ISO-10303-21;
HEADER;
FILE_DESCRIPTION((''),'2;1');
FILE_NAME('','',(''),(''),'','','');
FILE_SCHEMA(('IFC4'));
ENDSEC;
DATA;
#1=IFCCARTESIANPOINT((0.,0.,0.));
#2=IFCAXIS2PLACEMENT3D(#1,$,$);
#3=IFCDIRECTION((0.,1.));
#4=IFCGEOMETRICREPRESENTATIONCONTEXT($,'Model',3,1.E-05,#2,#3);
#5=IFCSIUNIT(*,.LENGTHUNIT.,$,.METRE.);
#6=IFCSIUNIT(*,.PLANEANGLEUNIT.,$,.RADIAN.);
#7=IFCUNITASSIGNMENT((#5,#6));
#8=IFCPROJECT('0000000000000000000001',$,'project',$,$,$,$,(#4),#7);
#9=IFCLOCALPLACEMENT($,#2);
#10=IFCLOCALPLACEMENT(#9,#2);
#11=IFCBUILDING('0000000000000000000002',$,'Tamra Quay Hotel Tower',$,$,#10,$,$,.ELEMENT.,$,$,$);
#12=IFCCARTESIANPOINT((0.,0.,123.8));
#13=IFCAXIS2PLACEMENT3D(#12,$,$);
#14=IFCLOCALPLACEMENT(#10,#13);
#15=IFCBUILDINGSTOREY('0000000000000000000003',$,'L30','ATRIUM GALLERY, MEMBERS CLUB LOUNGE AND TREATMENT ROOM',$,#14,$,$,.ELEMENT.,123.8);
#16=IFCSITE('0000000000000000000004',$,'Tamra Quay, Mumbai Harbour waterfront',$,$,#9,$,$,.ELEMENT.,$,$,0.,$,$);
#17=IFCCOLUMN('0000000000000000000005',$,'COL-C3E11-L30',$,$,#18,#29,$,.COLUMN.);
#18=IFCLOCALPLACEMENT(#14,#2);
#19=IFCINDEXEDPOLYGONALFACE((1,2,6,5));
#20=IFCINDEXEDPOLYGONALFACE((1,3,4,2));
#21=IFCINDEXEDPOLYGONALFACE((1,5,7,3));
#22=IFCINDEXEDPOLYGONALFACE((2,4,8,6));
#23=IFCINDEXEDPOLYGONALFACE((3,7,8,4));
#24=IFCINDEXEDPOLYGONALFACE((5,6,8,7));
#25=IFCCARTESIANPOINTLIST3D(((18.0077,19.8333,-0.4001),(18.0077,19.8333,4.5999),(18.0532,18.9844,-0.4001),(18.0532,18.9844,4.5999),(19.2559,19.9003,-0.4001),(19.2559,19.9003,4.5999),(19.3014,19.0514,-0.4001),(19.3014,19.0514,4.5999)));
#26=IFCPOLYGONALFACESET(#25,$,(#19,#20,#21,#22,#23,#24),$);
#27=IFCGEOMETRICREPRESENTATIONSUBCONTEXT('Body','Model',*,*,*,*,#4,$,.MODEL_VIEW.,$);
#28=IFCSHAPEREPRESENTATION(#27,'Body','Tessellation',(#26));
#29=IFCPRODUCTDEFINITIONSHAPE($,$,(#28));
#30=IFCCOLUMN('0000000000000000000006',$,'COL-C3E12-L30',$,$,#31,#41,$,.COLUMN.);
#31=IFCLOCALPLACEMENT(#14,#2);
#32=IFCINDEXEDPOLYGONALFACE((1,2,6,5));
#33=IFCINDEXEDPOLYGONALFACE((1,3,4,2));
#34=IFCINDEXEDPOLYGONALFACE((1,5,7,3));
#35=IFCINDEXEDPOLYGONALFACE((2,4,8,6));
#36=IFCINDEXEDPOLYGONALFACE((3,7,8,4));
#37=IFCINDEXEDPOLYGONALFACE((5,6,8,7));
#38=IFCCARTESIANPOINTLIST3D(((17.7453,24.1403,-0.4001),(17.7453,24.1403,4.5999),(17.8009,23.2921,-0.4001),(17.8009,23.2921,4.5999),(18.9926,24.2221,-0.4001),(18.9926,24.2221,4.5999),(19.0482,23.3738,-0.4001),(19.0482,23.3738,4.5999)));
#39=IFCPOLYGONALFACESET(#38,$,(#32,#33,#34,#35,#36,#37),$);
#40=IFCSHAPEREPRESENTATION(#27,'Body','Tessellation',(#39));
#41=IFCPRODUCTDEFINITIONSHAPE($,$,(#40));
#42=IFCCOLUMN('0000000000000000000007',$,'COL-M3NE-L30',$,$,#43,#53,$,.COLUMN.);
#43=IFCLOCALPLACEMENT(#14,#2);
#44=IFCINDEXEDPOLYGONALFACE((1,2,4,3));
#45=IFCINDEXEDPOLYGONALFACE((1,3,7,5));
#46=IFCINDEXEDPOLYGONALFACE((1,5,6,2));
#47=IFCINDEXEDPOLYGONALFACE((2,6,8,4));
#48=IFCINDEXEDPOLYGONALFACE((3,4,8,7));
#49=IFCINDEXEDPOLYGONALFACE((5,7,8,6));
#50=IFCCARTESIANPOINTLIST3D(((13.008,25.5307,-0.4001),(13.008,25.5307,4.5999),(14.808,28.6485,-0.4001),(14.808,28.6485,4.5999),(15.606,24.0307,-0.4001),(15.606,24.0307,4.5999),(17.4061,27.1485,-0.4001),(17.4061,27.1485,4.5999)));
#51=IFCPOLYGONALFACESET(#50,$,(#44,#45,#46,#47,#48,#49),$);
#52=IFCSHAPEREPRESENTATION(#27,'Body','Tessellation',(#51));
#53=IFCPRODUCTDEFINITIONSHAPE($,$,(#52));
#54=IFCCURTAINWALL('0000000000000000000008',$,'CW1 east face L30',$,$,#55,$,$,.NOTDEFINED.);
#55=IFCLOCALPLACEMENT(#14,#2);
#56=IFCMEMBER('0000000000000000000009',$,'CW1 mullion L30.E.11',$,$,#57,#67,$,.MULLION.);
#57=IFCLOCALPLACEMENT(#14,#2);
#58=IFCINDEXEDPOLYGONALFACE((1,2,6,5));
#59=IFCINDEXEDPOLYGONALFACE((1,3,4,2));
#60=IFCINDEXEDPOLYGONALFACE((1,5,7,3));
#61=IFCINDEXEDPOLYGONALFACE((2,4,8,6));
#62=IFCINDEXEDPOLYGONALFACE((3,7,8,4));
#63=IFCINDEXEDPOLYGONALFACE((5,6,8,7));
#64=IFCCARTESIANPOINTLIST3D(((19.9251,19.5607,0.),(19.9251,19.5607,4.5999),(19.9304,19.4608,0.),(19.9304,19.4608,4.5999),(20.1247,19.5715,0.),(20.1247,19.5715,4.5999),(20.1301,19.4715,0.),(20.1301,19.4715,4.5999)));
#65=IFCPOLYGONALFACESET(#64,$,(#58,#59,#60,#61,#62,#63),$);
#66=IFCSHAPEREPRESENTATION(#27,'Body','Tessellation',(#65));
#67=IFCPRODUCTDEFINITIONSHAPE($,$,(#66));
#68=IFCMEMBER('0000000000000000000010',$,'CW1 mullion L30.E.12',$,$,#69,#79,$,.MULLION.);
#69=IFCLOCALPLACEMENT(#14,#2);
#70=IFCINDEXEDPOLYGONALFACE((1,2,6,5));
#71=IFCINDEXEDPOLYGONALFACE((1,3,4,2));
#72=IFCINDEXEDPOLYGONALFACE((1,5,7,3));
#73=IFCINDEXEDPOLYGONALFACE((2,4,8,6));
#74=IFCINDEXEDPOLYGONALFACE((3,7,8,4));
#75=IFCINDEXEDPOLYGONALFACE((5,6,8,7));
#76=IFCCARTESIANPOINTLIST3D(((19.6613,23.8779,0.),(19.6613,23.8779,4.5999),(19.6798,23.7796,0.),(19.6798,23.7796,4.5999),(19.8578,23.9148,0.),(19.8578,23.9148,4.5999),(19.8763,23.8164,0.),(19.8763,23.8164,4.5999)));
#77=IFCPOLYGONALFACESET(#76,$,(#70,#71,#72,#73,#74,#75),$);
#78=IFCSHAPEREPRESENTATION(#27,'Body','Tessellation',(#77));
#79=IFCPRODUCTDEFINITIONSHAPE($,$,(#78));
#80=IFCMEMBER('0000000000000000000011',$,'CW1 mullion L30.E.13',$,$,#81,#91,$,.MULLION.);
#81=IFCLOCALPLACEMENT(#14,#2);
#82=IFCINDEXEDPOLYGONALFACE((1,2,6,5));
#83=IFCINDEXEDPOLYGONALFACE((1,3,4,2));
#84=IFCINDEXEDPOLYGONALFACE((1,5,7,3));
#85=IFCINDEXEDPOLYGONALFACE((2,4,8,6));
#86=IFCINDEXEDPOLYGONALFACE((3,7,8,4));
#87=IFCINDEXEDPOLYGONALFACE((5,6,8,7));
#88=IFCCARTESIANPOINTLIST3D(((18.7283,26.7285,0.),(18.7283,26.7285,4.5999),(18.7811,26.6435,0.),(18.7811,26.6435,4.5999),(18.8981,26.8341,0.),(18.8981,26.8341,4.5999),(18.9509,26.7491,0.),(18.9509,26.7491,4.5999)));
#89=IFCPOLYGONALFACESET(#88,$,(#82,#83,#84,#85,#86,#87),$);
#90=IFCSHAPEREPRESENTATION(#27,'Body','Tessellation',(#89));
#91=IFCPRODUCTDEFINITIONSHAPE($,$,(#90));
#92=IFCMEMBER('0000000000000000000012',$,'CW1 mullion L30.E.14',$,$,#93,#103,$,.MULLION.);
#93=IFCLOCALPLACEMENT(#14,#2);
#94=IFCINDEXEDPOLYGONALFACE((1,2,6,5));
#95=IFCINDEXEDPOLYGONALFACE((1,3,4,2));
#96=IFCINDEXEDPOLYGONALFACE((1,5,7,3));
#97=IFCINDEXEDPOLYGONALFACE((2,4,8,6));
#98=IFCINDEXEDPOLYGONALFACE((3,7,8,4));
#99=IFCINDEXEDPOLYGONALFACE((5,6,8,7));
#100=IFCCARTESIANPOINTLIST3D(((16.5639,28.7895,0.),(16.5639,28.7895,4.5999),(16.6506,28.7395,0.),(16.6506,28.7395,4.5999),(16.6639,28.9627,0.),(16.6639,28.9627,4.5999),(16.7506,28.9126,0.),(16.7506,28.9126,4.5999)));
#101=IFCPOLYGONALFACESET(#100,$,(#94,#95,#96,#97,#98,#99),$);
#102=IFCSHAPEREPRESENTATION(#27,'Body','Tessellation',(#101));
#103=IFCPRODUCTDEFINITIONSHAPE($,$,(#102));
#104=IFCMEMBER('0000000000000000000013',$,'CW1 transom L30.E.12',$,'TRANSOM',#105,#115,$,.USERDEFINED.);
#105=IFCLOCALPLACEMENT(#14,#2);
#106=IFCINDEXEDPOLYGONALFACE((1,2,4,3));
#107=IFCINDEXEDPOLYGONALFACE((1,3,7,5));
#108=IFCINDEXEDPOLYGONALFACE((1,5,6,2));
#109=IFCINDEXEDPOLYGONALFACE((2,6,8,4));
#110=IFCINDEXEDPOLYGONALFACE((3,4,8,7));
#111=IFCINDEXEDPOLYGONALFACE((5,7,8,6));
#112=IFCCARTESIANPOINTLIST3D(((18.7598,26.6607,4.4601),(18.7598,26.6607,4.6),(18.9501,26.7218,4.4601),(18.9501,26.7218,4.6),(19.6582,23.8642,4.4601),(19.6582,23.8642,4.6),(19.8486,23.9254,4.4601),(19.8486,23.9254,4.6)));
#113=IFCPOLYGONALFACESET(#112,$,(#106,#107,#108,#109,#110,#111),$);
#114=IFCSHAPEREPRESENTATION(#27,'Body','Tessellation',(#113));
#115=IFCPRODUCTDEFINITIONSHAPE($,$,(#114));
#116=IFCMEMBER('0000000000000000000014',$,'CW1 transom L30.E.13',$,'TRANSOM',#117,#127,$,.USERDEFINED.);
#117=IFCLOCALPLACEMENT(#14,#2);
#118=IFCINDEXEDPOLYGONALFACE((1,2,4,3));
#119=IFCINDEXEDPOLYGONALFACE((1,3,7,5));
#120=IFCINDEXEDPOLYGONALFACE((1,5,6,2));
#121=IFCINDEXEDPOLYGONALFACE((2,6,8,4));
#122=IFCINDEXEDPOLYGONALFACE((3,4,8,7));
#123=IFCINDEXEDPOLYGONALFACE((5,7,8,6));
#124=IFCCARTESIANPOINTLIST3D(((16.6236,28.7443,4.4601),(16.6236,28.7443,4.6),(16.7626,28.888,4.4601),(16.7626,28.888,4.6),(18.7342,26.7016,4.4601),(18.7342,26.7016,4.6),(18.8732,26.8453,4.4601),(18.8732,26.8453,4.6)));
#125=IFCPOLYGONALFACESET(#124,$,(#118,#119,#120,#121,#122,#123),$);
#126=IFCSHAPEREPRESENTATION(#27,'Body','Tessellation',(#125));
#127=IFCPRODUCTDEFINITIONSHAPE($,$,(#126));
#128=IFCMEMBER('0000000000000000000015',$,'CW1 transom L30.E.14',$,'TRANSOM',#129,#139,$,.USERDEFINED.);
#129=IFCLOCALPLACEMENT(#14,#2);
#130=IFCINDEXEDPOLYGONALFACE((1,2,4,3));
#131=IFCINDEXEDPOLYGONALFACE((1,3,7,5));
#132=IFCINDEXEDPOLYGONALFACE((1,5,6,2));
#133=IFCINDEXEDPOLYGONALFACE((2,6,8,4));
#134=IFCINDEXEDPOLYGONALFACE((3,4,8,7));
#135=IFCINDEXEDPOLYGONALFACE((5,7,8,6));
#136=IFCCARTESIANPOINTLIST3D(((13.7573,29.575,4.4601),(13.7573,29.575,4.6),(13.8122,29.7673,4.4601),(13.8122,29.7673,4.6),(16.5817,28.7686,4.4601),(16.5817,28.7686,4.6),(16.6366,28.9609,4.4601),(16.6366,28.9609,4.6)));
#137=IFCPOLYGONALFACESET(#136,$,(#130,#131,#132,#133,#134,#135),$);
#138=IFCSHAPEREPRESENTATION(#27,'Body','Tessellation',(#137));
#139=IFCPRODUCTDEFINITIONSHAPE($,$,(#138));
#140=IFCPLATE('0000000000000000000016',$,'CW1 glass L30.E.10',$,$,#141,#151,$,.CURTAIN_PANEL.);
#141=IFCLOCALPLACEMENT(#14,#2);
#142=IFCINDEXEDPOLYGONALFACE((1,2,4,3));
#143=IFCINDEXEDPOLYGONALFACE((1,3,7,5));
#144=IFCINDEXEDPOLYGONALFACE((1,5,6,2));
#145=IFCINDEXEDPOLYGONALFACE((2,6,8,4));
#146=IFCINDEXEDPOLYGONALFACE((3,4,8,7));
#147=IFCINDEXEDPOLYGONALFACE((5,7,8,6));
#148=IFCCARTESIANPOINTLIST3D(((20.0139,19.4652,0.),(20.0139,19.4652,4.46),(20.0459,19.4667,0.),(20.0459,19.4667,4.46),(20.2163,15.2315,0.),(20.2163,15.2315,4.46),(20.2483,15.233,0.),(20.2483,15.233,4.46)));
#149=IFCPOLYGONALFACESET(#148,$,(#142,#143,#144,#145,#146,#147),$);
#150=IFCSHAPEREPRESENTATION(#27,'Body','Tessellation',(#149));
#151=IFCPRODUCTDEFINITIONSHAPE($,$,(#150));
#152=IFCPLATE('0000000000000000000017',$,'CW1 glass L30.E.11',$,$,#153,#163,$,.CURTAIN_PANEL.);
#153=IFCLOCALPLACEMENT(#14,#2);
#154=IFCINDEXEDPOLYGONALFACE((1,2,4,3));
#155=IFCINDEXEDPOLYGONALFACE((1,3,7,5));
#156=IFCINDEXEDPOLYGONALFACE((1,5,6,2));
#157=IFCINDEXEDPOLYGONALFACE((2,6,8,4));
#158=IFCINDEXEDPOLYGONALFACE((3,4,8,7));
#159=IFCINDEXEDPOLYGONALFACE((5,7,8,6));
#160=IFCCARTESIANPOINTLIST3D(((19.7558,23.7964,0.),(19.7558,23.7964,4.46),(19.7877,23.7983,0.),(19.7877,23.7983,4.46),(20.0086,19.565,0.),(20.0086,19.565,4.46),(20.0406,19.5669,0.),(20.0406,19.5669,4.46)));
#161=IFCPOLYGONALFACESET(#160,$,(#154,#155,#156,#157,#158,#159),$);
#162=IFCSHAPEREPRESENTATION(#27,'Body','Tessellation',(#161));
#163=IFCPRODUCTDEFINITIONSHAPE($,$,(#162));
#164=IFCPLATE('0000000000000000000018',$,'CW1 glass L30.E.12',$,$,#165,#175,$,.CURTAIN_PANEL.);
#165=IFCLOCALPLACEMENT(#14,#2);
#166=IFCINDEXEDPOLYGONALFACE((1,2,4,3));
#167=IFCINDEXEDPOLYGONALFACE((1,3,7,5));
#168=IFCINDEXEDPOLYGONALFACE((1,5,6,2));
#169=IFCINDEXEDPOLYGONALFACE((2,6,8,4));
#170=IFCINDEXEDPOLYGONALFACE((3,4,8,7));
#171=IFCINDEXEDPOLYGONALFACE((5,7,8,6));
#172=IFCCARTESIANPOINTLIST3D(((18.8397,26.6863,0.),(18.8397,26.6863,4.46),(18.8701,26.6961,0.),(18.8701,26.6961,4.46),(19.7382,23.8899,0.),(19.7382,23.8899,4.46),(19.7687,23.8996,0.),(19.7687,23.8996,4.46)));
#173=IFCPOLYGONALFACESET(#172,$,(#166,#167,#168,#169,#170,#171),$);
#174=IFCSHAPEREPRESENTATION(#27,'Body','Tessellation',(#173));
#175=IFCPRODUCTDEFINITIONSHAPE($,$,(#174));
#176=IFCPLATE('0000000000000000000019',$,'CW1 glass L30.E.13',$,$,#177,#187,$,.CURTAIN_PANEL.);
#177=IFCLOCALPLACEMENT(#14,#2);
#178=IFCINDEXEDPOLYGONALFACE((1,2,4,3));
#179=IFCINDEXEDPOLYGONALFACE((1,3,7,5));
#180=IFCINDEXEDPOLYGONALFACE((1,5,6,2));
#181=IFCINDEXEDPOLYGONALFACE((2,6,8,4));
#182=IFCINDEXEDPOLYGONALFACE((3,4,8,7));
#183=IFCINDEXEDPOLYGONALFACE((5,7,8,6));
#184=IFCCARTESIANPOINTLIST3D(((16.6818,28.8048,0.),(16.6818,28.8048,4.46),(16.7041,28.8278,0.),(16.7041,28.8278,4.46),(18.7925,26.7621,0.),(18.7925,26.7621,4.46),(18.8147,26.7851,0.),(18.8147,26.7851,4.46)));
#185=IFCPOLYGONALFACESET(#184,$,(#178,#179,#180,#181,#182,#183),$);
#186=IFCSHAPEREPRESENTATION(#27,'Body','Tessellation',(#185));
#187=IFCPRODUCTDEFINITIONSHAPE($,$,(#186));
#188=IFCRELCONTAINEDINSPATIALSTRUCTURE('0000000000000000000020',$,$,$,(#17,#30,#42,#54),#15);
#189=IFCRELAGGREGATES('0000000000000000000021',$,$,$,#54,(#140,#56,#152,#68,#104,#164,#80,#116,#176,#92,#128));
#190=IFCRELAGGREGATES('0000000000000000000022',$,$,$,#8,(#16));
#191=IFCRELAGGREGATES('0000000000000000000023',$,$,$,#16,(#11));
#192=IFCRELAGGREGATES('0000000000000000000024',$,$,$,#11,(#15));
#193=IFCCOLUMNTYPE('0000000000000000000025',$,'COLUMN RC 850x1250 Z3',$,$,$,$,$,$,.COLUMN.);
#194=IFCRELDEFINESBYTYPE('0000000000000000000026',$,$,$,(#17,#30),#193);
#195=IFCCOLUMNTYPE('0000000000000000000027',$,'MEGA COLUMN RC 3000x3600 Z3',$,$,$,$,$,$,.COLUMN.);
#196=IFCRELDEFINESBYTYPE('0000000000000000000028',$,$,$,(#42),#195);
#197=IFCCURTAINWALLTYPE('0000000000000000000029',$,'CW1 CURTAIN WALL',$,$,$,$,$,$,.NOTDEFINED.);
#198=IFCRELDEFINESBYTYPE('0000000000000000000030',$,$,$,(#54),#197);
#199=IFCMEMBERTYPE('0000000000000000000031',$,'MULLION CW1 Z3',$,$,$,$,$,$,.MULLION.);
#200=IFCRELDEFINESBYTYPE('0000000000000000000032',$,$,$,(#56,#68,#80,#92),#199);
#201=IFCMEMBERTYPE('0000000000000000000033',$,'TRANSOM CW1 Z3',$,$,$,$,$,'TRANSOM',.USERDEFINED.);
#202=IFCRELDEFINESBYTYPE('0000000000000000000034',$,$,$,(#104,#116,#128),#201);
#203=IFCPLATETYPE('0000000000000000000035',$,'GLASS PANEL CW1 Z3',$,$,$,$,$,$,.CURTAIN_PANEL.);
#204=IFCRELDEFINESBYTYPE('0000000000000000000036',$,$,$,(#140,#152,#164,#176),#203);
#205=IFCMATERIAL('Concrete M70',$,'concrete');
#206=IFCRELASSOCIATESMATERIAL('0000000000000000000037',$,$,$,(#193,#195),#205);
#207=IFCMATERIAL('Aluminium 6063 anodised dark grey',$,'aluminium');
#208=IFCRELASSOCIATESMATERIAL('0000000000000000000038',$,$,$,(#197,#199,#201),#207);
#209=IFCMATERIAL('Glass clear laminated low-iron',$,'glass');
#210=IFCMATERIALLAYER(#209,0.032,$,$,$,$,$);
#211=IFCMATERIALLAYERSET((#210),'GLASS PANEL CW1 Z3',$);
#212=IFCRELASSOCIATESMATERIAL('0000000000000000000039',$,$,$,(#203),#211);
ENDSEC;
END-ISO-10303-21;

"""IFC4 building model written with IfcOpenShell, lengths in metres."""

from ifc_helpers import new_model, si_unit, direction, frame, origin, origin_2d, place, context, subcontext, project, spatial, rectangle, extrude, material, layer, layer_set, material_profile, profile_set, type_object, element, aggregate, save


model = new_model("IFC4")

# Units and contexts
model_context = context("Model", 3, precision=1e-05, world=origin(), true_north=direction((0.0, 1.0)))
body_context = subcontext(model_context, "Body", "Model", "MODEL_VIEW")
ifc_project = project(units=[si_unit("LENGTHUNIT", "METRE"), si_unit("PLANEANGLEUNIT", "RADIAN")], contexts=[model_context])

# Site, building, storey
site_placement = place(None, origin())
site = spatial("IfcSite", under=ifc_project, at=site_placement, Name="Tamra Quay, Mumbai Harbour waterfront", CompositionType="ELEMENT", RefElevation=0.0)
building_placement = place(site_placement, origin())
building = spatial("IfcBuilding", under=site, at=building_placement, Name="Tamra Quay Hotel Tower", CompositionType="ELEMENT")
storey_placement = place(building_placement, frame((0.0, 0.0, 123.8)))
storey = spatial("IfcBuildingStorey", under=building, at=storey_placement, Name="L30", Description="ATRIUM GALLERY, MEMBERS CLUB LOUNGE AND TREATMENT ROOM", CompositionType="ELEMENT", Elevation=123.8)

# Columns
ifc_material_1 = material(Name="Concrete M70", Category="concrete")
ifc_material_profile_1 = material_profile(ifc_material_1, rectangle(XDim=1.25, YDim=0.8501, at=origin_2d()), Name="COLUMN RC 850x1250 Z3")
ifc_profile_set_1 = profile_set([ifc_material_profile_1], Name="Concrete M70")
column_type_1 = type_object("IfcColumnType", Name="COLUMN RC 850x1250 Z3", PredefinedType="COLUMN", material=ifc_profile_set_1)
for number, where, z_axis, x_axis, name in (
    (1, (18.6545, 19.4424, -0.4001), (0.0, 0.0, 1.0), (0.998562, 0.053603, 0.0), "COL-C3E11-L30"),
    (2, (18.3967, 23.7571, -0.4001), (0.0, 0.0, 1.0), (0.997858, 0.065419, 0.0), "COL-C3E12-L30"),
):
    element("IfcColumn", number, at=place(storey_placement, frame(where, z_axis=z_axis, x_axis=x_axis)), inside=storey, type_object=column_type_1, Name=name, PredefinedType="COLUMN", context=body_context, shape_type="SweptSolid", body=[
        extrude(rectangle(XDim=1.25, YDim=0.8501, at=origin_2d()), origin(), (0.0, 0.0, 1.0), 5.0),
    ])
ifc_material_profile_2 = material_profile(ifc_material_1, rectangle(XDim=3.6001, YDim=3.0, at=origin_2d()), Name="MEGA COLUMN RC 3000x3600 Z3")
ifc_profile_set_2 = profile_set([ifc_material_profile_2], Name="Concrete M70")
column_type_2 = type_object("IfcColumnType", Name="MEGA COLUMN RC 3000x3600 Z3", PredefinedType="COLUMN", material=ifc_profile_set_2)
column_placement = place(storey_placement, frame((15.207, 26.3396, -0.4001), z_axis=(0.0, 0.0, 1.0), x_axis=(0.5, 0.866025, 0.0)))
element("IfcColumn", 3, at=column_placement, inside=storey, type_object=column_type_2, Name="COL-M3NE-L30", PredefinedType="COLUMN", context=body_context, shape_type="SweptSolid", body=[
    extrude(rectangle(XDim=3.6001, YDim=3.0, at=origin_2d()), origin(), (0.0, 0.0, 1.0), 5.0),
])

# Curtain wall, members, plates
ifc_material_2 = material(Name="Aluminium 6063 anodised dark grey", Category="aluminium")
curtain_wall_type = type_object("IfcCurtainWallType", Name="CW1 CURTAIN WALL", PredefinedType="NOTDEFINED", material=ifc_material_2)
curtain_wall_placement = place(storey_placement, origin())
curtain_wall = element("IfcCurtainWall", 4, at=curtain_wall_placement, inside=storey, type_object=curtain_wall_type, Name="CW1 east face L30", PredefinedType="NOTDEFINED")
ifc_material_profile_3 = material_profile(ifc_material_2, rectangle(XDim=0.2, YDim=0.1001, at=origin_2d()), Name="MULLION 100X200")
ifc_profile_set_3 = profile_set([ifc_material_profile_3], Name="Aluminium 6063 anodised dark grey")
member_type_1 = type_object("IfcMemberType", Name="MULLION CW1 Z3", PredefinedType="MULLION", material=ifc_profile_set_3)
member_1_placement = place(storey_placement, frame((20.0276, 19.5161, 0.0), z_axis=(0.0, 0.0, 1.0), x_axis=(0.998557, 0.053695, 0.0)))
member_1 = element("IfcMember", 5, at=member_1_placement, type_object=member_type_1, Name="CW1 mullion L30.E.11", PredefinedType="MULLION", context=body_context, shape_type="SweptSolid", body=[
    extrude(rectangle(XDim=0.2, YDim=0.1001, at=origin_2d()), origin(), (0.0, 0.0, 1.0), 4.5999),
])
member_2_placement = place(storey_placement, frame((19.7688, 23.8472, 0.0), z_axis=(0.0, 0.0, 1.0), x_axis=(0.982883, 0.18423, 0.0)))
member_2 = element("IfcMember", 6, at=member_2_placement, type_object=member_type_1, Name="CW1 mullion L30.E.12", PredefinedType="MULLION", context=body_context, shape_type="SweptSolid", body=[
    extrude(rectangle(XDim=0.2, YDim=0.1001, at=origin_2d()), origin(), (0.0, 0.0, 1.0), 4.5999),
])
member_3_placement = place(storey_placement, frame((18.8396, 26.7388, 0.0), z_axis=(0.0, 0.0, 1.0), x_axis=(0.849198, 0.528075, 0.0)))
member_3 = element("IfcMember", 7, at=member_3_placement, type_object=member_type_1, Name="CW1 mullion L30.E.13", PredefinedType="MULLION", context=body_context, shape_type="SweptSolid", body=[
    extrude(rectangle(XDim=0.2, YDim=0.1001, at=origin_2d()), origin(), (0.0, 0.0, 1.0), 4.5999),
])
member_4_placement = place(storey_placement, frame((16.6572, 28.8511, 0.0), z_axis=(0.0, 0.0, 1.0), x_axis=(0.5, 0.866025, 0.0)))
member_4 = element("IfcMember", 8, at=member_4_placement, type_object=member_type_1, Name="CW1 mullion L30.E.14", PredefinedType="MULLION", context=body_context, shape_type="SweptSolid", body=[
    extrude(rectangle(XDim=0.2, YDim=0.1001, at=origin_2d()), origin(), (0.0, 0.0, 1.0), 4.5999),
])
ifc_material_profile_4 = material_profile(ifc_material_2, rectangle(XDim=0.2, YDim=0.1399, at=origin_2d()), Name="TRANSOM 200X140")
ifc_profile_set_4 = profile_set([ifc_material_profile_4], Name="Aluminium 6063 anodised dark grey")
member_type_2 = type_object("IfcMemberType", Name="TRANSOM CW1 Z3", ElementType="TRANSOM", PredefinedType="USERDEFINED", material=ifc_profile_set_4)
member_5_placement = place(storey_placement, frame((19.7534, 23.8948, 4.53), z_axis=(-0.305885, 0.952068, 0.0), x_axis=(-0.952068, -0.305885, 0.0)))
member_5 = element("IfcMember", 9, at=member_5_placement, type_object=member_type_2, Name="CW1 transom L30.E.12", ObjectType="TRANSOM", PredefinedType="USERDEFINED", context=body_context, shape_type="SweptSolid", body=[
    extrude(rectangle(XDim=0.2, YDim=0.1399, at=origin_2d()), origin(), (0.0, 0.0, 1.0), 2.9373),
])
member_6_placement = place(storey_placement, frame((18.8037, 26.7734, 4.53), z_axis=(-0.718566, 0.695459, 0.0), x_axis=(-0.695459, -0.718566, 0.0)))
member_6 = element("IfcMember", 10, at=member_6_placement, type_object=member_type_2, Name="CW1 transom L30.E.13", ObjectType="TRANSOM", PredefinedType="USERDEFINED", context=body_context, shape_type="SweptSolid", body=[
    extrude(rectangle(XDim=0.2, YDim=0.1399, at=origin_2d()), origin(), (0.0, 0.0, 1.0), 2.9373),
])
member_7_placement = place(storey_placement, frame((16.6091, 28.8647, 4.53), z_axis=(-0.961577, 0.274535, 0.0), x_axis=(-0.274535, -0.961577, 0.0)))
member_7 = element("IfcMember", 11, at=member_7_placement, type_object=member_type_2, Name="CW1 transom L30.E.14", ObjectType="TRANSOM", PredefinedType="USERDEFINED", context=body_context, shape_type="SweptSolid", body=[
    extrude(rectangle(XDim=0.2, YDim=0.1399, at=origin_2d()), origin(), (0.0, 0.0, 1.0), 2.9373),
])
ifc_material_3 = material(Name="Glass clear laminated low-iron", Category="glass")
ifc_layer_1 = layer(ifc_material_3, 0.032)
ifc_layer_set_1 = layer_set([ifc_layer_1], Name="GLASS PANEL CW1 Z3")
plate_type = type_object("IfcPlateType", Name="GLASS PANEL CW1 Z3", PredefinedType="CURTAIN_PANEL", material=ifc_layer_set_1)
plate_1_placement = place(storey_placement, frame((20.1311, 17.3491, 0.0), z_axis=(0.0, 0.0, 1.0), x_axis=(-0.047747, 0.998859, 0.0)))
plate_1 = element("IfcPlate", 12, at=plate_1_placement, type_object=plate_type, Name="CW1 glass L30.E.10", PredefinedType="CURTAIN_PANEL", context=body_context, shape_type="SweptSolid", body=[
    extrude(rectangle(XDim=4.2385, YDim=0.032, at=origin_2d()), origin(), (0.0, 0.0, 1.0), 4.46),
])
plate_2_placement = place(storey_placement, frame((19.8982, 21.6816, 0.0), z_axis=(0.0, 0.0, 1.0), x_axis=(-0.059642, 0.99822, 0.0)))
plate_2 = element("IfcPlate", 13, at=plate_2_placement, type_object=plate_type, Name="CW1 glass L30.E.11", PredefinedType="CURTAIN_PANEL", context=body_context, shape_type="SweptSolid", body=[
    extrude(rectangle(XDim=4.239, YDim=0.032, at=origin_2d()), origin(), (0.0, 0.0, 1.0), 4.46),
])
plate_3_placement = place(storey_placement, frame((19.3042, 25.293, 0.0), z_axis=(0.0, 0.0, 1.0), x_axis=(-0.305915, 0.952059, 0.0)))
plate_3 = element("IfcPlate", 14, at=plate_3_placement, type_object=plate_type, Name="CW1 glass L30.E.12", PredefinedType="CURTAIN_PANEL", context=body_context, shape_type="SweptSolid", body=[
    extrude(rectangle(XDim=2.9373, YDim=0.032, at=origin_2d()), origin(), (0.0, 0.0, 1.0), 4.46),
])
plate_4_placement = place(storey_placement, frame((17.7483, 27.7949, 0.0), z_axis=(0.0, 0.0, 1.0), x_axis=(-0.718584, 0.69544, 0.0)))
plate_4 = element("IfcPlate", 15, at=plate_4_placement, type_object=plate_type, Name="CW1 glass L30.E.13", PredefinedType="CURTAIN_PANEL", context=body_context, shape_type="SweptSolid", body=[
    extrude(rectangle(XDim=2.9373, YDim=0.032, at=origin_2d()), origin(), (0.0, 0.0, 1.0), 4.46),
])
aggregate(curtain_wall, [plate_1, member_1, plate_2, member_2, member_5, plate_3, member_3, member_6, plate_4, member_4, member_7])

save(model, "model.ifc")
